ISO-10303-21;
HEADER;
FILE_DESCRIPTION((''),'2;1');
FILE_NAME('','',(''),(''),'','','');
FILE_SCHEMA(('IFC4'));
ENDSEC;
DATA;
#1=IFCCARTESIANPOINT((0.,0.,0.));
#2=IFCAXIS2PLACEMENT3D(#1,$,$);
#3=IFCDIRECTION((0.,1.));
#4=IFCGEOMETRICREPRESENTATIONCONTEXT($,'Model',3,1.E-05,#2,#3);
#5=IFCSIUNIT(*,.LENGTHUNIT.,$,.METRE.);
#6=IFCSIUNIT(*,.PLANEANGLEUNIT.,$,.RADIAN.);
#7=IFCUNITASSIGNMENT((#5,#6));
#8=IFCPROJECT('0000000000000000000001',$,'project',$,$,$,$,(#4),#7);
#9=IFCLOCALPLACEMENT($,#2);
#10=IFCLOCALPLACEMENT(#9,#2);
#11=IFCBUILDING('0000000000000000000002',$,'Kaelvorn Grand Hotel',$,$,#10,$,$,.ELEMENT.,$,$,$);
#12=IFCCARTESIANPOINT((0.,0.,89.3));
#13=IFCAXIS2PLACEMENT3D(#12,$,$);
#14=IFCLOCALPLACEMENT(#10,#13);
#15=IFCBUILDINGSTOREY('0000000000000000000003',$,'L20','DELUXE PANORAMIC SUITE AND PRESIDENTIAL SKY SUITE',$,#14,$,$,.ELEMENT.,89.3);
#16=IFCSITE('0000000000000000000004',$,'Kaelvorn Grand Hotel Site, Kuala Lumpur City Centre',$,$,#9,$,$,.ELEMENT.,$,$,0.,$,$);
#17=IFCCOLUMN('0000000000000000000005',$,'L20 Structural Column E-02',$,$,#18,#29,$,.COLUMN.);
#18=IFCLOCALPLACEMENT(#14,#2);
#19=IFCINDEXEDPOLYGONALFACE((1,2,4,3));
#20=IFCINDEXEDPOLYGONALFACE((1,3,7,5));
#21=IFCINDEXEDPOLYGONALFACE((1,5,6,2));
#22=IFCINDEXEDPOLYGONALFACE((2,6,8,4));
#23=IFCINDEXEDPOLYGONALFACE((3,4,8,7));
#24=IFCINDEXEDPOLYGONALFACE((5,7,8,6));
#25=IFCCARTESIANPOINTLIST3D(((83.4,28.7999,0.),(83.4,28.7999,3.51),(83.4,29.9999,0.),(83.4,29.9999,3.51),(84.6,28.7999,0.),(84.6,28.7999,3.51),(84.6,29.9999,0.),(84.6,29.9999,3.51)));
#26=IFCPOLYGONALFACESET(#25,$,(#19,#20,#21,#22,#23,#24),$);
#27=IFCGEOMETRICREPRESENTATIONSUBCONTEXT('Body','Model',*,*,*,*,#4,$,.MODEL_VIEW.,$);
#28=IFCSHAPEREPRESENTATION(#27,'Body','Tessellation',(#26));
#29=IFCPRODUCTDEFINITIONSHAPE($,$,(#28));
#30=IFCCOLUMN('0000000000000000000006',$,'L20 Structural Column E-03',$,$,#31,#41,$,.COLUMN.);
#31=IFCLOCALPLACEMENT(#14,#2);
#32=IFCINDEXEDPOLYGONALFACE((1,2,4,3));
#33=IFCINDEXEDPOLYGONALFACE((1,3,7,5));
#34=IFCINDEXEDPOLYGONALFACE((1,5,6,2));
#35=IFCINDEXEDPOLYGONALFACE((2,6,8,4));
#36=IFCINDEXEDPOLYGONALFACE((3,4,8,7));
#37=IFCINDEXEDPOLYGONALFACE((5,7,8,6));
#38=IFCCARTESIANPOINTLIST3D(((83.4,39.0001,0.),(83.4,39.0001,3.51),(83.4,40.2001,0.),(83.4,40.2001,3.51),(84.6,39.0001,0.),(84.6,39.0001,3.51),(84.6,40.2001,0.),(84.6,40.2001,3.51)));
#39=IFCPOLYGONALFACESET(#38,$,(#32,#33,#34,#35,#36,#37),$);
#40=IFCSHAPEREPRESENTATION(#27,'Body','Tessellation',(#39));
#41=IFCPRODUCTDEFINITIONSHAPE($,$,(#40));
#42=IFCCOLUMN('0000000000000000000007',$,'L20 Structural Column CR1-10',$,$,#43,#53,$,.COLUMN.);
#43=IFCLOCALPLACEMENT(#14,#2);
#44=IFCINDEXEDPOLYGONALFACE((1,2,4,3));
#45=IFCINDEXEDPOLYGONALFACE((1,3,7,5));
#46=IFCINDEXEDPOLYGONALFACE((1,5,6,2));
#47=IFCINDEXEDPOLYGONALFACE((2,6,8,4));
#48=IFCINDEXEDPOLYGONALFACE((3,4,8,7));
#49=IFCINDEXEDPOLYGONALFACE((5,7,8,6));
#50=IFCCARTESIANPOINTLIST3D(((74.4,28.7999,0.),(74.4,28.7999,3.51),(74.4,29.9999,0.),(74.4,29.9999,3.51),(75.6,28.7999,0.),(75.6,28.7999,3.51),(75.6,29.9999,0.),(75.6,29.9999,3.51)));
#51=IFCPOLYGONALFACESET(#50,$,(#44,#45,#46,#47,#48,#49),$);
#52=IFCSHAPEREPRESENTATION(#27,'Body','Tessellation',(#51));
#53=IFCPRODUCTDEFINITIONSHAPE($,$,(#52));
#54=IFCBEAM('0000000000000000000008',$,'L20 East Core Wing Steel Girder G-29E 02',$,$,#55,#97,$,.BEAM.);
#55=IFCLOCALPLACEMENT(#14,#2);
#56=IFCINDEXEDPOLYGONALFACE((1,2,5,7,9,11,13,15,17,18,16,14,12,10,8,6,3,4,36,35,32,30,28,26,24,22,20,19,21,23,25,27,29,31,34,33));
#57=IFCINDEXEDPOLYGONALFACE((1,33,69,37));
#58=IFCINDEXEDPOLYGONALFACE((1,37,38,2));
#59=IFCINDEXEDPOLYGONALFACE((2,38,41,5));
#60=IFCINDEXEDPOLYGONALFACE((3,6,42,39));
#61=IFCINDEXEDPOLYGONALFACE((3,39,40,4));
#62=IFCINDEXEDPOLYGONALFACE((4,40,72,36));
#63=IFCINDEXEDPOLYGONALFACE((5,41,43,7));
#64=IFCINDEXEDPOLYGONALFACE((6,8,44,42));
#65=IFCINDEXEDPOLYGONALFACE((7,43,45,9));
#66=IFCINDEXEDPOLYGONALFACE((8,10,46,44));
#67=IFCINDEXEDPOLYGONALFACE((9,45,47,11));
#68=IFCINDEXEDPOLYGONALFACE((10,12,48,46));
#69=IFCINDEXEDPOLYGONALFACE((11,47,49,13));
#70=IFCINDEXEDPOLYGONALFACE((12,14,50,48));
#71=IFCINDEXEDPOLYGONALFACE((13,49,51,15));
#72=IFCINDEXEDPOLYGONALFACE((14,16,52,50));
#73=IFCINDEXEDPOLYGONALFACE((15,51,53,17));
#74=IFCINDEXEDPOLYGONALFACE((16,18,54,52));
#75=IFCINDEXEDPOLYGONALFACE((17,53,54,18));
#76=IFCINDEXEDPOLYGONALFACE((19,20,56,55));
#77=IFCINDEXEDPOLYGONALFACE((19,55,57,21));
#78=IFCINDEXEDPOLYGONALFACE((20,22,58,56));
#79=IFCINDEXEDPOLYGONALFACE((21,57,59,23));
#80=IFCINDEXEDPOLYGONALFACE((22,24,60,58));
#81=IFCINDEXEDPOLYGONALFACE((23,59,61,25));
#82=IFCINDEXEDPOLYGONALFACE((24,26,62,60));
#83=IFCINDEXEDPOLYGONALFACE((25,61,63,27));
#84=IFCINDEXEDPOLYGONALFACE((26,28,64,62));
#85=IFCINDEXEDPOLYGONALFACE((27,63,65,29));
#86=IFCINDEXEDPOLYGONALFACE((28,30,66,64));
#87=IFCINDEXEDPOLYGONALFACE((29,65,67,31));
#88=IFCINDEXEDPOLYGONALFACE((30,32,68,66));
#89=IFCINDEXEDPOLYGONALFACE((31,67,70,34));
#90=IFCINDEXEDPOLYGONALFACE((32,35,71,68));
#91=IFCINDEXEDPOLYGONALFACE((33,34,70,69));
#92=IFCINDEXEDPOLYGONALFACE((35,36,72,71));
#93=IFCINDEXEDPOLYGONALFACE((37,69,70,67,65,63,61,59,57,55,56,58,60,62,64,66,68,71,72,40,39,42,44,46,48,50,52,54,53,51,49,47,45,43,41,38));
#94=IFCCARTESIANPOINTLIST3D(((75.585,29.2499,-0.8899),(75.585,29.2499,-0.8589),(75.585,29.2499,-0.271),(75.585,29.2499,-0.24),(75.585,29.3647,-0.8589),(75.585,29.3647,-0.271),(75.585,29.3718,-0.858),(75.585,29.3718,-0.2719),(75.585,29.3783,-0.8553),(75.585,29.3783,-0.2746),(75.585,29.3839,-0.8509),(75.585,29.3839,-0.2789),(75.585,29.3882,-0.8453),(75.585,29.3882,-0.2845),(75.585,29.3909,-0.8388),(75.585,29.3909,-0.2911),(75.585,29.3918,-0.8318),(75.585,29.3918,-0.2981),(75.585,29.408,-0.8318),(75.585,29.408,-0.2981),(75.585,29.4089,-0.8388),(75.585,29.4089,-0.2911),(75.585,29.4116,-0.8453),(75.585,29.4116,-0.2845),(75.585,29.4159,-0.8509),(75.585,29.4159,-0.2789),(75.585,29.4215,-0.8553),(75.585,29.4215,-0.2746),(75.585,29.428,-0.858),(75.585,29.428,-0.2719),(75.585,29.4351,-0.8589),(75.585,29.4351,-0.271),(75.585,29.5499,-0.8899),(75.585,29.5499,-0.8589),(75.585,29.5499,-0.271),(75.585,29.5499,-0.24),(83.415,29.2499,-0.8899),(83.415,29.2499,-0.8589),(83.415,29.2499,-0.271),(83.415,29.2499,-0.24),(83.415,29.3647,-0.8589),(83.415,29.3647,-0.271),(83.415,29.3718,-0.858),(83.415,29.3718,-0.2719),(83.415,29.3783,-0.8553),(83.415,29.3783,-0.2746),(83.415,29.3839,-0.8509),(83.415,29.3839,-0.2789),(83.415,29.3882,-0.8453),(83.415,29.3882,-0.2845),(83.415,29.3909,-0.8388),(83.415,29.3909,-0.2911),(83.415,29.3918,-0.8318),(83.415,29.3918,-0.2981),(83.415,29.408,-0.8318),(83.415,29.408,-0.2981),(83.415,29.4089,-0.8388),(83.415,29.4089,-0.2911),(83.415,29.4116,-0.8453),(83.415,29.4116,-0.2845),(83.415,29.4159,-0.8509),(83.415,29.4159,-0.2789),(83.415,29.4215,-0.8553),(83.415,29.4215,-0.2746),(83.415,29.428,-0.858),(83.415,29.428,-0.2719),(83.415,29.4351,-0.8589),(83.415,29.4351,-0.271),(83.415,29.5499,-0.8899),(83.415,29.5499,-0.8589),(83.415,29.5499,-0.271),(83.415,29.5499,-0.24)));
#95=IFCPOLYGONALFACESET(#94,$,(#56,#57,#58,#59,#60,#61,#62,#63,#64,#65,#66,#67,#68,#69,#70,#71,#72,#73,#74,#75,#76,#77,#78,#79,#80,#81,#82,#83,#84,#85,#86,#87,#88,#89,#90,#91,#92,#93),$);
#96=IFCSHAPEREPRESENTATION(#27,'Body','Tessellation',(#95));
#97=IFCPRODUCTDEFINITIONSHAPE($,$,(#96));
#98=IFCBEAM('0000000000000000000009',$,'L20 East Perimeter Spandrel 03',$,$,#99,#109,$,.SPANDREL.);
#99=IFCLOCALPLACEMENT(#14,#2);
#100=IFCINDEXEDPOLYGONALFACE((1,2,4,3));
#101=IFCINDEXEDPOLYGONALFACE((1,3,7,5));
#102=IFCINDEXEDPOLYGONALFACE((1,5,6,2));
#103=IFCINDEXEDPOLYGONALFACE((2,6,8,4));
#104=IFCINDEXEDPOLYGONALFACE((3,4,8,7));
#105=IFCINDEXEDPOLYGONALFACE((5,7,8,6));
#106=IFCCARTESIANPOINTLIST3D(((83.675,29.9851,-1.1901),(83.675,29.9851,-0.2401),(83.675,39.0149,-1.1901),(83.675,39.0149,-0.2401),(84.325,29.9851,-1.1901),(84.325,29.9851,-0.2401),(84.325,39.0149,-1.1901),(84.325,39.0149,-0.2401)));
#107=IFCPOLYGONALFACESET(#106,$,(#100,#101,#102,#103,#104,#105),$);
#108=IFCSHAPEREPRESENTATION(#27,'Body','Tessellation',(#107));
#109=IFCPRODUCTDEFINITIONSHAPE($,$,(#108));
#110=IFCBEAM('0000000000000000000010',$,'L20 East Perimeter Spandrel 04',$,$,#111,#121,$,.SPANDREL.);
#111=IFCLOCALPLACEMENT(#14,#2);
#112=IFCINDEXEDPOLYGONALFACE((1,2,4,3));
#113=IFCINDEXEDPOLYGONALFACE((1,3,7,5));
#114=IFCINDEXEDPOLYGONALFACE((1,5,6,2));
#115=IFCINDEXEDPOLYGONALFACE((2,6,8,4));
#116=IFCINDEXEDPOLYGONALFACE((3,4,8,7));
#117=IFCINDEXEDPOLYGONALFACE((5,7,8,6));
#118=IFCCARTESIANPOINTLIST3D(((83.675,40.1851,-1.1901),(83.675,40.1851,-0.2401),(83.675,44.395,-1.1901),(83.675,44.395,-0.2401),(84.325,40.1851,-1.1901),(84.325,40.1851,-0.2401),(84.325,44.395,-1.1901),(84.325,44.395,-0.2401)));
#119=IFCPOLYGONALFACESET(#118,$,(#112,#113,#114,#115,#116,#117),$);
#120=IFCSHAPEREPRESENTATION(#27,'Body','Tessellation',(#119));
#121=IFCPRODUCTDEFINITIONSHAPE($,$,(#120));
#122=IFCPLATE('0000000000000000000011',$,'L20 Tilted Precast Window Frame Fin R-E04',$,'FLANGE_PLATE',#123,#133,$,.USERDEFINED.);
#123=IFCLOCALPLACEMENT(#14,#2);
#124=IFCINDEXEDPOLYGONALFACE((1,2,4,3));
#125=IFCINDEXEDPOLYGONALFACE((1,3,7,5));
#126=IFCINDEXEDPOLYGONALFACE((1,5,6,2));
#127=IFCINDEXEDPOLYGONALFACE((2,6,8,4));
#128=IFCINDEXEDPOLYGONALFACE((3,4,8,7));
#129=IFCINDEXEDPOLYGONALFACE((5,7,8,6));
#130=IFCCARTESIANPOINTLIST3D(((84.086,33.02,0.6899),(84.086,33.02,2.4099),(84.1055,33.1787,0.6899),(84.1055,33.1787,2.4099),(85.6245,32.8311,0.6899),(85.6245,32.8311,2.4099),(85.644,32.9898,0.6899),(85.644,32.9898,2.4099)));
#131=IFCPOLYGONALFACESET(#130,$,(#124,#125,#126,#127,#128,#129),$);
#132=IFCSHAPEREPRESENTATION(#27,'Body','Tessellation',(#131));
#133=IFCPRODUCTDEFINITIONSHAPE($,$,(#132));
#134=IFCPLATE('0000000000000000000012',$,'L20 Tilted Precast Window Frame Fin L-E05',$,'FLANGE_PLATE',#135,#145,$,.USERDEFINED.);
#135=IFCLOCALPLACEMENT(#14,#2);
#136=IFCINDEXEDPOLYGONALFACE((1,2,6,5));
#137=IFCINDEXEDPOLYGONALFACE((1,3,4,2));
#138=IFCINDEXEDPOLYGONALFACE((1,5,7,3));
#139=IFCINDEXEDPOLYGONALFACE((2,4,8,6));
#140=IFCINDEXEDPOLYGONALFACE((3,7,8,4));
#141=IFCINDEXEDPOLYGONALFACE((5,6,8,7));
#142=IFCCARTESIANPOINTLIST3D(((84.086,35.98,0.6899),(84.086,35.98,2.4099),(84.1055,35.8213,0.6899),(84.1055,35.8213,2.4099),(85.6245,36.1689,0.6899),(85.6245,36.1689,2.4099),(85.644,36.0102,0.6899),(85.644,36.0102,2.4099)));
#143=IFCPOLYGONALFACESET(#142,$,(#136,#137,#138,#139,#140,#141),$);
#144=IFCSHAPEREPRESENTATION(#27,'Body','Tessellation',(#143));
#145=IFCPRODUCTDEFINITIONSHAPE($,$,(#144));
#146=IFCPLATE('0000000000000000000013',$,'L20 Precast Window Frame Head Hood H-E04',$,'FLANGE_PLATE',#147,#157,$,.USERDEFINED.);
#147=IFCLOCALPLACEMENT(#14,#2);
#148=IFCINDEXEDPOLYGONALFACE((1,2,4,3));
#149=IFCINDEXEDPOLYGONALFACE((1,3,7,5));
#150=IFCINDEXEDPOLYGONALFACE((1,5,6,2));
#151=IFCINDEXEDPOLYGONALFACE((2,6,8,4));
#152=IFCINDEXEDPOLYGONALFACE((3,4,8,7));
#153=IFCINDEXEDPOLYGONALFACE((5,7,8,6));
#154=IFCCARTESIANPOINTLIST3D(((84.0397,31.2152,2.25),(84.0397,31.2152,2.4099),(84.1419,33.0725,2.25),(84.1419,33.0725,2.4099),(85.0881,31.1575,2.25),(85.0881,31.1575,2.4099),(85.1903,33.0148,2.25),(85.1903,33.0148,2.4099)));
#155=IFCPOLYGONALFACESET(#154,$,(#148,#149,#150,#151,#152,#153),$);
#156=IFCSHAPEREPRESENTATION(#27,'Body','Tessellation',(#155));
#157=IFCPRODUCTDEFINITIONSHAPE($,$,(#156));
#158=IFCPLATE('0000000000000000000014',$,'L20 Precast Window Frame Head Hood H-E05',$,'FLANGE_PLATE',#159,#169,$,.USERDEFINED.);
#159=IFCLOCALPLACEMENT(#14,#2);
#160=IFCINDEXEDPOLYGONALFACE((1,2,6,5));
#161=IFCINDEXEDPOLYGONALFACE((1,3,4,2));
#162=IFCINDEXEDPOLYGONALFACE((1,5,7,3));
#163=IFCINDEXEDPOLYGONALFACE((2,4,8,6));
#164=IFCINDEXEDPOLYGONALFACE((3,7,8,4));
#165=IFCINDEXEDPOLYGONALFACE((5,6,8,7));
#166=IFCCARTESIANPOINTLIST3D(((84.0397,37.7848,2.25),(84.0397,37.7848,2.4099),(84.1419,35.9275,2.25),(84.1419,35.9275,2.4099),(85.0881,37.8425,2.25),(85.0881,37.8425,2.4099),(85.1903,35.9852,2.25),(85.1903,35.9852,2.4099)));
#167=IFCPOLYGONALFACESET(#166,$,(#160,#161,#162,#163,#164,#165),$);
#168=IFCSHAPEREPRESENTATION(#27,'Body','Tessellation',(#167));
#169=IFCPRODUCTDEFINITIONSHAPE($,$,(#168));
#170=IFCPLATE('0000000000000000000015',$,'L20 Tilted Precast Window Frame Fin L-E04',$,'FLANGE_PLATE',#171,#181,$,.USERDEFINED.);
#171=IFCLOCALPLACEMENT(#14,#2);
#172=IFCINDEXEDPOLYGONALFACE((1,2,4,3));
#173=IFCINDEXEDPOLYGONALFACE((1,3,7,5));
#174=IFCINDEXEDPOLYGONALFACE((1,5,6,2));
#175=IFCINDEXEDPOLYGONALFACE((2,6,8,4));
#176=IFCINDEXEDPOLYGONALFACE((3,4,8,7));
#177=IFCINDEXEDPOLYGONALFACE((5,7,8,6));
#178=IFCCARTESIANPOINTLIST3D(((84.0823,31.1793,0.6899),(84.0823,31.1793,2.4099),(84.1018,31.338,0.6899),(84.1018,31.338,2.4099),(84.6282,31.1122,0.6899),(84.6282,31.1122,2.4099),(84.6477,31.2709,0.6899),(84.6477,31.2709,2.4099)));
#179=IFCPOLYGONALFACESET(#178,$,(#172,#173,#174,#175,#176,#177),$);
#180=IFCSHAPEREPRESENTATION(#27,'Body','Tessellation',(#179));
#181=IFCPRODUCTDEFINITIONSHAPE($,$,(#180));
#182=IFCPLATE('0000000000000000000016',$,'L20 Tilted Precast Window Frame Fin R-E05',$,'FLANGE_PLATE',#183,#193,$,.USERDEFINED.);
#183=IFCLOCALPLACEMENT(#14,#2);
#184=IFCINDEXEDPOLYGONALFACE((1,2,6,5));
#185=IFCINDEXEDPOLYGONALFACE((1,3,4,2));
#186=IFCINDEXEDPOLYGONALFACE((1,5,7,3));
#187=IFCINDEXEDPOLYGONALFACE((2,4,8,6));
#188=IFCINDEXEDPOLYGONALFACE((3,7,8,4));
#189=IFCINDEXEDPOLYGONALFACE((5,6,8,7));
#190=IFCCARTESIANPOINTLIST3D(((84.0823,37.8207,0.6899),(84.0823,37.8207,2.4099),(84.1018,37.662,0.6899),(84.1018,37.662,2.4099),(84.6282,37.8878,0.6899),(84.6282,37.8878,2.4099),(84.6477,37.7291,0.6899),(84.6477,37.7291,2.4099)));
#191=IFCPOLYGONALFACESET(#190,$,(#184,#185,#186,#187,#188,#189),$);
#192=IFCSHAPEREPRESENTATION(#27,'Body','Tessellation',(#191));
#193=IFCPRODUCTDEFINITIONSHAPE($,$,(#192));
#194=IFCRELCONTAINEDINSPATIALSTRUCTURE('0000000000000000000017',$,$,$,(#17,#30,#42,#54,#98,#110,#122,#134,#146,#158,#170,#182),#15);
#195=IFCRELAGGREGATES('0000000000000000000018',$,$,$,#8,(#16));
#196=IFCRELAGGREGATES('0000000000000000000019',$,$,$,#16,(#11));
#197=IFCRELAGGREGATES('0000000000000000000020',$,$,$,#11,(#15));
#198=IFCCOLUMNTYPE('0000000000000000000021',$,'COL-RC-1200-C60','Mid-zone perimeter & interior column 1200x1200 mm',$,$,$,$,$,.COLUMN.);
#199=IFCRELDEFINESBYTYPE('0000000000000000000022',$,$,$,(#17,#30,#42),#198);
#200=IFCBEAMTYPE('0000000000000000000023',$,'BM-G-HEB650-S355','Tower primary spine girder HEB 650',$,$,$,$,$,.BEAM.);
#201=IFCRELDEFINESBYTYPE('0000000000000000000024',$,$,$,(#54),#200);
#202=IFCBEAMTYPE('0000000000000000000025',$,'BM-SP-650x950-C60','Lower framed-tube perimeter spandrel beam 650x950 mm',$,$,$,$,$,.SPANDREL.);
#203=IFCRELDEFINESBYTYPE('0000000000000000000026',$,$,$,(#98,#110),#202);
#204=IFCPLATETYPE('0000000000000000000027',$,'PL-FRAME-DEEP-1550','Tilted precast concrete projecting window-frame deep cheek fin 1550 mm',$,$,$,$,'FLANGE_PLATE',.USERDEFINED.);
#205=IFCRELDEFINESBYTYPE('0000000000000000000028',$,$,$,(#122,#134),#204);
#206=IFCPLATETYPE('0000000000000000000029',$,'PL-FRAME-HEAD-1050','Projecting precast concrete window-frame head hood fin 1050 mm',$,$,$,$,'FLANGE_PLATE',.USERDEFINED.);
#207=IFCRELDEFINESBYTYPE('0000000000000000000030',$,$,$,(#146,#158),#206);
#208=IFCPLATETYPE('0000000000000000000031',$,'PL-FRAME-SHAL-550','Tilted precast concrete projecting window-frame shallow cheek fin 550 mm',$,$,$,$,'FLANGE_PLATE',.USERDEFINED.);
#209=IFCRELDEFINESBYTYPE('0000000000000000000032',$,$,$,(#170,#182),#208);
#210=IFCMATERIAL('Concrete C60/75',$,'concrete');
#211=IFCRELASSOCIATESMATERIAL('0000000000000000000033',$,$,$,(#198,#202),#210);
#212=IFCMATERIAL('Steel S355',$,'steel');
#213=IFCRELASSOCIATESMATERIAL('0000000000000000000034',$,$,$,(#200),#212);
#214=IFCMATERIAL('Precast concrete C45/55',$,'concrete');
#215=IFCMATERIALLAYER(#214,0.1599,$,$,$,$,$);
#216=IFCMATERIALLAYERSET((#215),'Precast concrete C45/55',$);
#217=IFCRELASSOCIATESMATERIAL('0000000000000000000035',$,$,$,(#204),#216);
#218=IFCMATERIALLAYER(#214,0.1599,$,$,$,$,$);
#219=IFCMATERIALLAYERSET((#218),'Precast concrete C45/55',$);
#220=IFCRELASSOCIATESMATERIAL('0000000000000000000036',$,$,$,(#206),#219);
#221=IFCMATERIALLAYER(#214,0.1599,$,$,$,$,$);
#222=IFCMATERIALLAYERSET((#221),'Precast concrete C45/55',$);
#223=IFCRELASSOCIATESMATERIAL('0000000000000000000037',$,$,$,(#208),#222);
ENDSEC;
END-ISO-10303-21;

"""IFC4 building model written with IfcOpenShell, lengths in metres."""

from ifc_helpers import new_model, si_unit, direction, frame, origin, origin_2d, place, context, subcontext, project, spatial, rectangle, i_section, extrude, material, layer, layer_set, material_profile, profile_set, type_object, element, save


model = new_model("IFC4")

# Units and contexts
model_context = context("Model", 3, precision=1e-05, world=origin(), true_north=direction((0.0, 1.0)))
body_context = subcontext(model_context, "Body", "Model", "MODEL_VIEW")
ifc_project = project(units=[si_unit("LENGTHUNIT", "METRE"), si_unit("PLANEANGLEUNIT", "RADIAN")], contexts=[model_context])

# Site, building, storey
site_placement = place(None, origin())
site = spatial("IfcSite", under=ifc_project, at=site_placement, Name="Kaelvorn Grand Hotel Site, Kuala Lumpur City Centre", CompositionType="ELEMENT", RefElevation=0.0)
building_placement = place(site_placement, origin())
building = spatial("IfcBuilding", under=site, at=building_placement, Name="Kaelvorn Grand Hotel", CompositionType="ELEMENT")
storey_placement = place(building_placement, frame((0.0, 0.0, 89.3)))
storey = spatial("IfcBuildingStorey", under=building, at=storey_placement, Name="L20", Description="DELUXE PANORAMIC SUITE AND PRESIDENTIAL SKY SUITE", CompositionType="ELEMENT", Elevation=89.3)

# Columns
ifc_material_1 = material(Name="Concrete C60/75", Category="concrete")
ifc_material_profile_1 = material_profile(ifc_material_1, rectangle(XDim=1.2, YDim=1.2, at=origin_2d()), Name="RC COL 1200x1200")
ifc_profile_set_1 = profile_set([ifc_material_profile_1], Name="Concrete C60/75")
column_type = type_object("IfcColumnType", Name="COL-RC-1200-C60", Description="Mid-zone perimeter & interior column 1200x1200 mm", PredefinedType="COLUMN", material=ifc_profile_set_1)
for number, where, z_axis, x_axis, name in (
    (1, (84.0, 29.3999, 0.0), (0.0, 0.0, 1.0), (1.0, 0.0, 0.0), "L20 Structural Column E-02"),
    (2, (84.0, 39.6001, 0.0), (0.0, 0.0, 1.0), (1.0, 0.0, 0.0), "L20 Structural Column E-03"),
    (3, (75.0, 29.3999, 0.0), (0.0, 0.0, 1.0), (1.0, 0.0, 0.0), "L20 Structural Column CR1-10"),
):
    element("IfcColumn", number, at=place(storey_placement, frame(where, z_axis=z_axis, x_axis=x_axis)), inside=storey, type_object=column_type, Name=name, PredefinedType="COLUMN", context=body_context, shape_type="SweptSolid", body=[
        extrude(rectangle(XDim=1.2, YDim=1.2, at=origin_2d()), origin(), (0.0, 0.0, 1.0), 3.51),
    ])

# Beams
ifc_material_2 = material(Name="Steel S355", Category="steel")
ifc_material_profile_2 = material_profile(ifc_material_2, i_section(OverallWidth=0.3, OverallDepth=0.6499, WebThickness=0.0161, FlangeThickness=0.031, FilletRadius=0.0271, at=origin_2d()), Name="HEB 650")
ifc_profile_set_2 = profile_set([ifc_material_profile_2], Name="Steel S355")
beam_type_1 = type_object("IfcBeamType", Name="BM-G-HEB650-S355", Description="Tower primary spine girder HEB 650", PredefinedType="BEAM", material=ifc_profile_set_2)
beam_1_placement = place(storey_placement, frame((75.585, 29.3999, -0.5649), z_axis=(1.0, 0.0, 0.0), x_axis=(0.0, 1.0, 0.0)))
element("IfcBeam", 4, at=beam_1_placement, inside=storey, type_object=beam_type_1, Name="L20 East Core Wing Steel Girder G-29E 02", PredefinedType="BEAM", context=body_context, shape_type="SweptSolid", body=[
    extrude(i_section(OverallWidth=0.3, OverallDepth=0.6499, WebThickness=0.0161, FlangeThickness=0.031, FilletRadius=0.0271, at=origin_2d()), origin(), (0.0, 0.0, 1.0), 7.8301),
])
ifc_material_profile_3 = material_profile(ifc_material_1, rectangle(XDim=0.6499, YDim=0.95, at=origin_2d()), Name="RC SPANDREL 650x950")
ifc_profile_set_3 = profile_set([ifc_material_profile_3], Name="Concrete C60/75")
beam_type_2 = type_object("IfcBeamType", Name="BM-SP-650x950-C60", Description="Lower framed-tube perimeter spandrel beam 650x950 mm", PredefinedType="SPANDREL", material=ifc_profile_set_3)
beam_2_placement = place(storey_placement, frame((84.0, 29.9851, -0.7151), z_axis=(0.0, 1.0, 0.0), x_axis=(-1.0, 0.0, 0.0)))
element("IfcBeam", 5, at=beam_2_placement, inside=storey, type_object=beam_type_2, Name="L20 East Perimeter Spandrel 03", PredefinedType="SPANDREL", context=body_context, shape_type="SweptSolid", body=[
    extrude(rectangle(XDim=0.6499, YDim=0.95, at=origin_2d()), origin(), (0.0, 0.0, 1.0), 9.0298),
])
beam_3_placement = place(storey_placement, frame((84.0, 40.1851, -0.7151), z_axis=(0.0, 1.0, 0.0), x_axis=(-1.0, 0.0, 0.0)))
element("IfcBeam", 6, at=beam_3_placement, inside=storey, type_object=beam_type_2, Name="L20 East Perimeter Spandrel 04", PredefinedType="SPANDREL", context=body_context, shape_type="SweptSolid", body=[
    extrude(rectangle(XDim=0.6499, YDim=0.95, at=origin_2d()), origin(), (0.0, 0.0, 1.0), 4.21),
])

# Plates
ifc_material_3 = material(Name="Precast concrete C45/55", Category="concrete")
ifc_layer_1 = layer(ifc_material_3, 0.1599)
ifc_layer_set_1 = layer_set([ifc_layer_1], Name="Precast concrete C45/55")
plate_type_1 = type_object("IfcPlateType", Name="PL-FRAME-DEEP-1550", Description="Tilted precast concrete projecting window-frame deep cheek fin 1550 mm", ElementType="FLANGE_PLATE", PredefinedType="USERDEFINED", material=ifc_layer_set_1)
for number, where, z_axis, x_axis, name in (
    (7, (84.865, 33.0049, 0.6899), (0.0, 0.0, 1.0), (0.121869, 0.992546, 0.0), "L20 Tilted Precast Window Frame Fin R-E04"),
    (8, (84.865, 35.9951, 0.6899), (0.0, 0.0, 1.0), (-0.121869, 0.992546, 0.0), "L20 Tilted Precast Window Frame Fin L-E05"),
):
    element("IfcPlate", number, at=place(storey_placement, frame(where, z_axis=z_axis, x_axis=x_axis)), inside=storey, type_object=plate_type_1, Name=name, ObjectType="FLANGE_PLATE", PredefinedType="USERDEFINED", context=body_context, shape_type="SweptSolid", body=[
        extrude(rectangle(XDim=0.1599, YDim=1.55, at=origin_2d()), origin(), (0.0, 0.0, 1.0), 1.72),
    ])
ifc_layer_2 = layer(ifc_material_3, 0.1599)
ifc_layer_set_2 = layer_set([ifc_layer_2], Name="Precast concrete C45/55")
plate_type_2 = type_object("IfcPlateType", Name="PL-FRAME-HEAD-1050", Description="Projecting precast concrete window-frame head hood fin 1050 mm", ElementType="FLANGE_PLATE", PredefinedType="USERDEFINED", material=ifc_layer_set_2)
for number, where, z_axis, x_axis, name in (
    (9, (84.615, 32.115, 2.25), (0.0, 0.0, 1.0), (0.05495, 0.998489, 0.0), "L20 Precast Window Frame Head Hood H-E04"),
    (10, (84.615, 36.885, 2.25), (0.0, 0.0, 1.0), (-0.05495, 0.998489, 0.0), "L20 Precast Window Frame Head Hood H-E05"),
):
    element("IfcPlate", number, at=place(storey_placement, frame(where, z_axis=z_axis, x_axis=x_axis)), inside=storey, type_object=plate_type_2, Name=name, ObjectType="FLANGE_PLATE", PredefinedType="USERDEFINED", context=body_context, shape_type="SweptSolid", body=[
        extrude(rectangle(XDim=1.8601, YDim=1.05, at=origin_2d()), origin(), (0.0, 0.0, 1.0), 0.1599),
    ])
ifc_layer_3 = layer(ifc_material_3, 0.1599)
ifc_layer_set_3 = layer_set([ifc_layer_3], Name="Precast concrete C45/55")
plate_type_3 = type_object("IfcPlateType", Name="PL-FRAME-SHAL-550", Description="Tilted precast concrete projecting window-frame shallow cheek fin 550 mm", ElementType="FLANGE_PLATE", PredefinedType="USERDEFINED", material=ifc_layer_set_3)
for number, where, z_axis, x_axis, name in (
    (11, (84.365, 31.2251, 0.6899), (0.0, 0.0, 1.0), (0.121869, 0.992546, 0.0), "L20 Tilted Precast Window Frame Fin L-E04"),
    (12, (84.365, 37.7749, 0.6899), (0.0, 0.0, 1.0), (-0.121869, 0.992546, 0.0), "L20 Tilted Precast Window Frame Fin R-E05"),
):
    element("IfcPlate", number, at=place(storey_placement, frame(where, z_axis=z_axis, x_axis=x_axis)), inside=storey, type_object=plate_type_3, Name=name, ObjectType="FLANGE_PLATE", PredefinedType="USERDEFINED", context=body_context, shape_type="SweptSolid", body=[
        extrude(rectangle(XDim=0.1599, YDim=0.55, at=origin_2d()), origin(), (0.0, 0.0, 1.0), 1.72),
    ])

save(model, "model.ifc")
